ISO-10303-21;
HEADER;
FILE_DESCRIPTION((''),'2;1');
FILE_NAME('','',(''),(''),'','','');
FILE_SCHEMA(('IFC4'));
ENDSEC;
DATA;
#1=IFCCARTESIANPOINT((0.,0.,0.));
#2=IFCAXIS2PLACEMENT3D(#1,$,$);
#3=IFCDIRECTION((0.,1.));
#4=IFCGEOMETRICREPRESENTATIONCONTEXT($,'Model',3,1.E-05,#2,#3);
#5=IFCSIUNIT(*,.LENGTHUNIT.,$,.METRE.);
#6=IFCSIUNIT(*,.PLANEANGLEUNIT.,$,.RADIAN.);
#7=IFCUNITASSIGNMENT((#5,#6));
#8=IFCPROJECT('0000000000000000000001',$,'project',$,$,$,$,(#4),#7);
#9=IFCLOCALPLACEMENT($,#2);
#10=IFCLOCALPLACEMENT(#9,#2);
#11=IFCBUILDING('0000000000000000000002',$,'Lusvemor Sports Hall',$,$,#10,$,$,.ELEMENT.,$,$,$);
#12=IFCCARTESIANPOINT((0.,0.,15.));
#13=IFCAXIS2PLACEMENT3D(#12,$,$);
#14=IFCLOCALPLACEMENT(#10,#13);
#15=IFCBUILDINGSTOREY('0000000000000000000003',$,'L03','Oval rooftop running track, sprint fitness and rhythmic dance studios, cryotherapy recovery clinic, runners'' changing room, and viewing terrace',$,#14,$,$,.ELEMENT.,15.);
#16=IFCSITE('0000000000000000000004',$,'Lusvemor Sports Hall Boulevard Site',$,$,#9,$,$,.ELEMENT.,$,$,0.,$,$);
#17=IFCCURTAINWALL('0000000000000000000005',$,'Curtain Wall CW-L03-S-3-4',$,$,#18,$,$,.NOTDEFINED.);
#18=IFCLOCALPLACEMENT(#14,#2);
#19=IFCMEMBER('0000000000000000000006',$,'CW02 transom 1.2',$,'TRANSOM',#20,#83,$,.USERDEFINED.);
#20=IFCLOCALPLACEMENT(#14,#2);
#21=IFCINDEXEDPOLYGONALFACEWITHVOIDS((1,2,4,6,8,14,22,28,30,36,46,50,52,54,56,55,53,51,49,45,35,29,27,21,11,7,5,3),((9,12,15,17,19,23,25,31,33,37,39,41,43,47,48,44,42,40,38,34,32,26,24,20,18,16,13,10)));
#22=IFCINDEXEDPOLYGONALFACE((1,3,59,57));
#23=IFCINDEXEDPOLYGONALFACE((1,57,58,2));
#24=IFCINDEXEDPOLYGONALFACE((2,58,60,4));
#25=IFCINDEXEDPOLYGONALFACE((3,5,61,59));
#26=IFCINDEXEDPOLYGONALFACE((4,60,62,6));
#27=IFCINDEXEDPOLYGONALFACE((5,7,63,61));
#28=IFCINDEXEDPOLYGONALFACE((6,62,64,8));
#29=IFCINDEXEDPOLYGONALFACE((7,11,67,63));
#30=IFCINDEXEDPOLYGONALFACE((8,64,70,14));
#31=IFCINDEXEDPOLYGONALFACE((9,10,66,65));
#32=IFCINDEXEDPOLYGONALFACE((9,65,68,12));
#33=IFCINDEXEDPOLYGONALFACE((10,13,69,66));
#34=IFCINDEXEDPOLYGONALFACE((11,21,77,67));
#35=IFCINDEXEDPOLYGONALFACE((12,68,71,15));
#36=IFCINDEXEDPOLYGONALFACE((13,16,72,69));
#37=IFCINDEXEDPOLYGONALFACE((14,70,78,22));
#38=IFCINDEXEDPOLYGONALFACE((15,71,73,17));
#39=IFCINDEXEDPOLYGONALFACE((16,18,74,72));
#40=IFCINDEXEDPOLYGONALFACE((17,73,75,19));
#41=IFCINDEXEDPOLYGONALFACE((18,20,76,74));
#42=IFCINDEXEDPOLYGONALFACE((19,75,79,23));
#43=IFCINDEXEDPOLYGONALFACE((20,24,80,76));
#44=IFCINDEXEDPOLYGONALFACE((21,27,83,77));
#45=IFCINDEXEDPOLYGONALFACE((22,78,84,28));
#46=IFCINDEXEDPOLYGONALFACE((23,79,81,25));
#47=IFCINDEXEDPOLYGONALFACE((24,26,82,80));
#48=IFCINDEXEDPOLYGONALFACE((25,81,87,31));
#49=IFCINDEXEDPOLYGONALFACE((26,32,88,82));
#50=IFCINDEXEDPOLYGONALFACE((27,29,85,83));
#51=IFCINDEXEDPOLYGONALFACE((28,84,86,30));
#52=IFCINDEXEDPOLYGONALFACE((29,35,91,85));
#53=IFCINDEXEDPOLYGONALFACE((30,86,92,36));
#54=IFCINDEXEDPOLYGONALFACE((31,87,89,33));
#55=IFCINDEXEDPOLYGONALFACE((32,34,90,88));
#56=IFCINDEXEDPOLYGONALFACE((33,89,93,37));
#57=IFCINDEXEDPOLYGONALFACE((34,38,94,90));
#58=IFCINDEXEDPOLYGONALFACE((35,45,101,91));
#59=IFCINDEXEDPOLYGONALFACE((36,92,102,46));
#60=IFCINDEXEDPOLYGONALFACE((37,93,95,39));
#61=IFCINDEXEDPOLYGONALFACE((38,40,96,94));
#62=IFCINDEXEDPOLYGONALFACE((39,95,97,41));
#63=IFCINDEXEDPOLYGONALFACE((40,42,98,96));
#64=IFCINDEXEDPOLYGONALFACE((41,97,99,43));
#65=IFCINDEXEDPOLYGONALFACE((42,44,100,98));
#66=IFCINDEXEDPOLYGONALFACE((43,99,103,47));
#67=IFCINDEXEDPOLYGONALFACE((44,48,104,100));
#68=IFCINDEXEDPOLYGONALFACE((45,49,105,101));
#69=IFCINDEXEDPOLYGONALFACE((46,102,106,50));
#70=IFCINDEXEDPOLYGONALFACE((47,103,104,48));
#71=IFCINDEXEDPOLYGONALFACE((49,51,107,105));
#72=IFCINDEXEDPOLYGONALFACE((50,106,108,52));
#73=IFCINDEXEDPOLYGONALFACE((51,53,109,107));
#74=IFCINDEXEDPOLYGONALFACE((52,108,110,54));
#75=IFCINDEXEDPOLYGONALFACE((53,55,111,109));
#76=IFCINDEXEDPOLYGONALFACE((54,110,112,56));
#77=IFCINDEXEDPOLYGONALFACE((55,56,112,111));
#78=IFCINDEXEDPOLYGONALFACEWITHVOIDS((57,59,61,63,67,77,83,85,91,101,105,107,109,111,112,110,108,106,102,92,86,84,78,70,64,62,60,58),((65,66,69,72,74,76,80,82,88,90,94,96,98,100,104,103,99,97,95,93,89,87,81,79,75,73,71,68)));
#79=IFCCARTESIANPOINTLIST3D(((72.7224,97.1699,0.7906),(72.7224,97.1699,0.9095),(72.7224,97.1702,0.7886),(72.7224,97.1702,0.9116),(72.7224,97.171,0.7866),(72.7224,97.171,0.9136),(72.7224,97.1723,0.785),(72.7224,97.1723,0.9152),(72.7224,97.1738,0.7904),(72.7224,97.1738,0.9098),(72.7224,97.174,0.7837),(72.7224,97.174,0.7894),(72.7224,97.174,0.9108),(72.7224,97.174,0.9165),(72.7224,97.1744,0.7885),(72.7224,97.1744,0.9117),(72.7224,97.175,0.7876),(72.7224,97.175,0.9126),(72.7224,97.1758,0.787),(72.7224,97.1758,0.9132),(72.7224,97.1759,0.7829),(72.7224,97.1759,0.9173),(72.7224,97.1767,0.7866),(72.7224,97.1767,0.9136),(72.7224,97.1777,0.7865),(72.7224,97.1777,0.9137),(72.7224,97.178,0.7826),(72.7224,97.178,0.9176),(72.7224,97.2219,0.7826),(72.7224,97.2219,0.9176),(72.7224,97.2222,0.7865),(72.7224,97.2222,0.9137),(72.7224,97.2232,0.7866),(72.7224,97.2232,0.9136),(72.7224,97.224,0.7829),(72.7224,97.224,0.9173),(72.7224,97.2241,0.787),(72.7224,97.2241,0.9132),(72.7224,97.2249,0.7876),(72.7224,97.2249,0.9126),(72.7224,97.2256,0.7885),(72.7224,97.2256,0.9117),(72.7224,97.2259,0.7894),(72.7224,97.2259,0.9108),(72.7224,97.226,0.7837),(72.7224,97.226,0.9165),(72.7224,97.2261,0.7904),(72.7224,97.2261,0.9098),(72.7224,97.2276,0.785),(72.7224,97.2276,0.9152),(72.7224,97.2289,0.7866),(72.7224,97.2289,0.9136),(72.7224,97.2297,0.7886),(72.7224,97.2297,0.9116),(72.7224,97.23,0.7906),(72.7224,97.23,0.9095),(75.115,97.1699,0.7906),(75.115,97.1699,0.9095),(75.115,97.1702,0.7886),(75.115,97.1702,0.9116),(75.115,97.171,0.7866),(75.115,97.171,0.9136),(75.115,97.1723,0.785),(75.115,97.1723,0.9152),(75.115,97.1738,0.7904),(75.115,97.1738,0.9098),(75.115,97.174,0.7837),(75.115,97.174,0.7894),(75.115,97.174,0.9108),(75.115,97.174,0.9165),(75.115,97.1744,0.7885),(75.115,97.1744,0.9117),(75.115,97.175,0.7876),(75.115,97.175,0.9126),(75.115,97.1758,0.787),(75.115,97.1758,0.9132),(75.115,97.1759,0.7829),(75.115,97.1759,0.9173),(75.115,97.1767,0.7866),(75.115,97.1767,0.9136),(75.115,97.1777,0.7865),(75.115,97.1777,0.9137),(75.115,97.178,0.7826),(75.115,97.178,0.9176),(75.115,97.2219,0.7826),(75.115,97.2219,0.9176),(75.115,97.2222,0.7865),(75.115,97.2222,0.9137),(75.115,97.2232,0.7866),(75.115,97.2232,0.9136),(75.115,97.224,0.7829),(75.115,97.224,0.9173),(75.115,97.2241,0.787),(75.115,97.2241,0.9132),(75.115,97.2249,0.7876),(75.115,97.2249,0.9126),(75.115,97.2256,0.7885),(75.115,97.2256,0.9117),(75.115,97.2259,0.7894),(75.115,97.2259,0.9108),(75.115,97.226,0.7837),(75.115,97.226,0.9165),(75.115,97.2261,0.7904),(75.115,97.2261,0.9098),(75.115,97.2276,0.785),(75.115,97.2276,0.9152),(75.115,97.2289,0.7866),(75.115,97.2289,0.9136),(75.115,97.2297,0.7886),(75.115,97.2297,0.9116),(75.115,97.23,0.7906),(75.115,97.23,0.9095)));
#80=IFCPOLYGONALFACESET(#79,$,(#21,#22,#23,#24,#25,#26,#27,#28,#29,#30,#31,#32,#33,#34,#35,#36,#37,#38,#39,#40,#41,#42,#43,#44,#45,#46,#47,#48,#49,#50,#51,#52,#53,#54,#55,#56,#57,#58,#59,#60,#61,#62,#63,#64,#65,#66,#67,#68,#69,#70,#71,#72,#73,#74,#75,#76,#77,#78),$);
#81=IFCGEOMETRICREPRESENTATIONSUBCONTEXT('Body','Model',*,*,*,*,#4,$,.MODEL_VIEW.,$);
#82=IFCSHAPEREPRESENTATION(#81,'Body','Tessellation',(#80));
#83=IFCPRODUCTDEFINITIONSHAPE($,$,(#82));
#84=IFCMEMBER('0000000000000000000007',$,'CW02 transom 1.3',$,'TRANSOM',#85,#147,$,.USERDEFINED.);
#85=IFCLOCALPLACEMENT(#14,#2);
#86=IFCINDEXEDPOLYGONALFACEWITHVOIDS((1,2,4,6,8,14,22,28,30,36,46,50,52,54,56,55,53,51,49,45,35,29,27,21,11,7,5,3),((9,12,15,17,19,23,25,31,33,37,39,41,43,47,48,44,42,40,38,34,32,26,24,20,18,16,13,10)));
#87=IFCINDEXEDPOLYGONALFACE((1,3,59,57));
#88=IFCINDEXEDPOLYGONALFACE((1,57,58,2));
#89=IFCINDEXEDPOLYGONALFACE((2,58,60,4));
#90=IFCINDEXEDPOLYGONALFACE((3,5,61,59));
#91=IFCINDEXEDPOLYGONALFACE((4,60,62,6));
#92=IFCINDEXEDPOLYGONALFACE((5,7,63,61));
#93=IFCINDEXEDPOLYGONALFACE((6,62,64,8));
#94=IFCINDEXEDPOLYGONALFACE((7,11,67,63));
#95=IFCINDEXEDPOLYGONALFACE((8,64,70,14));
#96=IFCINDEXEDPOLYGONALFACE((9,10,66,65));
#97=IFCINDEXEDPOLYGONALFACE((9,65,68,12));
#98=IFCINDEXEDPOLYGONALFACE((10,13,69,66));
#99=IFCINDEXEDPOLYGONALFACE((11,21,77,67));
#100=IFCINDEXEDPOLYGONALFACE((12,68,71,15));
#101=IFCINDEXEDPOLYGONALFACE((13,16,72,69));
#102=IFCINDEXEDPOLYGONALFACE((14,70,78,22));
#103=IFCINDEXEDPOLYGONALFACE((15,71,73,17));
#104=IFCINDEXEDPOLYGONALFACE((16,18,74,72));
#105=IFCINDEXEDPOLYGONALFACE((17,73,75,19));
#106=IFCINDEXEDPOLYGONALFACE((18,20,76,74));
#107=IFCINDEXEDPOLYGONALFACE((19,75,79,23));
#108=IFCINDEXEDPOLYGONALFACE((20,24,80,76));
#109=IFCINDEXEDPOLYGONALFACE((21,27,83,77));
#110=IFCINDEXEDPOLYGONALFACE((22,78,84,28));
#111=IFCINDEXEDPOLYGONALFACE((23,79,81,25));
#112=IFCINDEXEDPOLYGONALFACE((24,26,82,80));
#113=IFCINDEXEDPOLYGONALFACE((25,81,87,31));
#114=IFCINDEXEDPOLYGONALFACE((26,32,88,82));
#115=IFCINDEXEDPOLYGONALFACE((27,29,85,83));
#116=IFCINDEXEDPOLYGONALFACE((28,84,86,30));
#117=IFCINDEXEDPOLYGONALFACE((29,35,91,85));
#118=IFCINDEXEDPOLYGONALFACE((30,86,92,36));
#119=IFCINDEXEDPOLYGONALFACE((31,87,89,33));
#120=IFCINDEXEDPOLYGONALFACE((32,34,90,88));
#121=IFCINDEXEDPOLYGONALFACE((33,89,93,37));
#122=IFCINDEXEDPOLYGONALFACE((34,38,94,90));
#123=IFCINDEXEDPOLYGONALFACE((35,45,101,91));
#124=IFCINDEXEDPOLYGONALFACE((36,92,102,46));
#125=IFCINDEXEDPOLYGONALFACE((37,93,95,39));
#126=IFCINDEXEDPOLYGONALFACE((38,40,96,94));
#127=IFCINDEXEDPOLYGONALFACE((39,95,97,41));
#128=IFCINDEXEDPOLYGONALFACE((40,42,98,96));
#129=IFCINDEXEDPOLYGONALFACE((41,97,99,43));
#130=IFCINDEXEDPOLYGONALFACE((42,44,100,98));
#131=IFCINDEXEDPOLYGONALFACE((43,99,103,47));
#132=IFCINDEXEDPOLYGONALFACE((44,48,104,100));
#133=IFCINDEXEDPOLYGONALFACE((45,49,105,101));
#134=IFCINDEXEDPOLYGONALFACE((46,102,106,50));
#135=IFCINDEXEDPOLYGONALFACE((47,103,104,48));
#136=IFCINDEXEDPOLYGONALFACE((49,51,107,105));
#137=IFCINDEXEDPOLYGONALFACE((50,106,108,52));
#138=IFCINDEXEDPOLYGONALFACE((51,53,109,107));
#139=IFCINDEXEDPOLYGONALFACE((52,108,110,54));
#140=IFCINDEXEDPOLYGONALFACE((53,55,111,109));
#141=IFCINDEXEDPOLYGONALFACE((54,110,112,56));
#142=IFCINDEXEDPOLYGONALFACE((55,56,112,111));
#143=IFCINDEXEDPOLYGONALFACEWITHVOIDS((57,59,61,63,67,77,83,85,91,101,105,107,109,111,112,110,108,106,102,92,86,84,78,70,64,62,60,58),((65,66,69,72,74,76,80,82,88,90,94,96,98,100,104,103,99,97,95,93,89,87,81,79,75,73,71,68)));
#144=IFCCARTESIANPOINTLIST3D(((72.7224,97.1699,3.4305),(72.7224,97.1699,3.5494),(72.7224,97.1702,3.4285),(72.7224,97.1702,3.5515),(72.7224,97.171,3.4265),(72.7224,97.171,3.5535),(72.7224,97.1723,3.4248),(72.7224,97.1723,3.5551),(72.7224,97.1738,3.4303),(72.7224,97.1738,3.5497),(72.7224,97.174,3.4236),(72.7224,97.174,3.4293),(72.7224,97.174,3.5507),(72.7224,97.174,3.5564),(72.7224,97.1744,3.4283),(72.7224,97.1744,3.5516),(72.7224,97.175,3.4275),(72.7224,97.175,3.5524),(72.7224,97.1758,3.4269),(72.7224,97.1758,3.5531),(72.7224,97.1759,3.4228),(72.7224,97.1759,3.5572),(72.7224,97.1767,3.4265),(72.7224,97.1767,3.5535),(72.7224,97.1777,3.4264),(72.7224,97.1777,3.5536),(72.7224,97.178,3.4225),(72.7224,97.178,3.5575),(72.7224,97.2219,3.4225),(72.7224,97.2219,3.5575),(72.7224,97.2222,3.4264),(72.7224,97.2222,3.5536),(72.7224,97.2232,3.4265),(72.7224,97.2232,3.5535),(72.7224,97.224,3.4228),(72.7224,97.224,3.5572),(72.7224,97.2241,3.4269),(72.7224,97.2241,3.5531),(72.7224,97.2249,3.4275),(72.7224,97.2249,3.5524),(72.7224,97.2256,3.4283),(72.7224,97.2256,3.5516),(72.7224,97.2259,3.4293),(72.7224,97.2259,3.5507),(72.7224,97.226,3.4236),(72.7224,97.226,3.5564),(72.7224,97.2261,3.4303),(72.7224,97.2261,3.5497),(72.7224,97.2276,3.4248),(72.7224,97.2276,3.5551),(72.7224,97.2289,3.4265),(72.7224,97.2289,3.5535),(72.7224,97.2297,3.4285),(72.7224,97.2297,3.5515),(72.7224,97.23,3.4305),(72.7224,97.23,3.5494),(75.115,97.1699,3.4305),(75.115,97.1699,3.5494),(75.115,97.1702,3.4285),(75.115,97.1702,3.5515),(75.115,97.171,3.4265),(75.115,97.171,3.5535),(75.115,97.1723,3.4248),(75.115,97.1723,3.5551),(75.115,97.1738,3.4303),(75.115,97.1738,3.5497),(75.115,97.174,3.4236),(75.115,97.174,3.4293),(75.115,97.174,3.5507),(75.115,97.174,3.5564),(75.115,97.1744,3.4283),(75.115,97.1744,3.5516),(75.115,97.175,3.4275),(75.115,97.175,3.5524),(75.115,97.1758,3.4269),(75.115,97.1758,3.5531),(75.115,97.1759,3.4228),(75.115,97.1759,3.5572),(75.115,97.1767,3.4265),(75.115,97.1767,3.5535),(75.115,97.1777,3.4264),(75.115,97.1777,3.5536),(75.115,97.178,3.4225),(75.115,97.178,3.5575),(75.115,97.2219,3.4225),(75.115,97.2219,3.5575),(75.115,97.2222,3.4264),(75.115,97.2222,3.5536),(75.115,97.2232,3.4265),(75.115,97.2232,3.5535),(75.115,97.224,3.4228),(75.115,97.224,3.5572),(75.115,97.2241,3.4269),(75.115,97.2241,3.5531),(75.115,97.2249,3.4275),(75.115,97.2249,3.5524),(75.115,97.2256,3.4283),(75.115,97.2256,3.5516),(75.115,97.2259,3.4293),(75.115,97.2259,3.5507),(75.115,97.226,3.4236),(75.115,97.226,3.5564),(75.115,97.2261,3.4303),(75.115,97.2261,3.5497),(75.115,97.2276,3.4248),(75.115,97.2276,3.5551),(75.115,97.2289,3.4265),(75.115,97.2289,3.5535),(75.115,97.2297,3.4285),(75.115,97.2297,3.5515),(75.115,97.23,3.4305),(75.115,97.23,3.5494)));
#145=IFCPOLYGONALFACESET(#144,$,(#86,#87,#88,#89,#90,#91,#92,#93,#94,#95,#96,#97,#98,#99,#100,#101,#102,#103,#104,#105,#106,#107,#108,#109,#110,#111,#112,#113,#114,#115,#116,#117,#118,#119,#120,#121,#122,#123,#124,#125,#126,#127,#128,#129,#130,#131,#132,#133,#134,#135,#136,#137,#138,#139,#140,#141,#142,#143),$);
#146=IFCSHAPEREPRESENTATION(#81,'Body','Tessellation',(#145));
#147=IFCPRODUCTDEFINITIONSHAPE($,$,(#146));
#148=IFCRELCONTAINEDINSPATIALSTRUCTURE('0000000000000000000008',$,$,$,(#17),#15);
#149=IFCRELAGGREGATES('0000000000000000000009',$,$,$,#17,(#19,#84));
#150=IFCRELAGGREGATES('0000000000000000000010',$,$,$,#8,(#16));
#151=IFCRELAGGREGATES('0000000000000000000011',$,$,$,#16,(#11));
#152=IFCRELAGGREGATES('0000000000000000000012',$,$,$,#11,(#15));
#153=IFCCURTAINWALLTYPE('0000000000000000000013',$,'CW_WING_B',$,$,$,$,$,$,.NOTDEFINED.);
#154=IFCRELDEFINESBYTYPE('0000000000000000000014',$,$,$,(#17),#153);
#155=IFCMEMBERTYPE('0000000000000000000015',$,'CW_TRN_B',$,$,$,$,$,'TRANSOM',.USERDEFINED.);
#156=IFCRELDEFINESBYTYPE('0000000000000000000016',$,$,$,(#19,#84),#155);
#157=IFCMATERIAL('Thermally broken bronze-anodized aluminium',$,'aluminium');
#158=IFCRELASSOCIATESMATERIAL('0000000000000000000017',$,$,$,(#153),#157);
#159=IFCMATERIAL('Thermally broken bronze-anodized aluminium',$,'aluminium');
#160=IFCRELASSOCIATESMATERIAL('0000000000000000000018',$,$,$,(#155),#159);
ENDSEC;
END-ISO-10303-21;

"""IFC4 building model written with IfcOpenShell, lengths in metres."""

from ifc_helpers import new_model, si_unit, direction, frame, origin, origin_2d, place, context, subcontext, project, spatial, hollow_rectangle, extrude, material, material_profile, profile_set, type_object, element, aggregate, save


model = new_model("IFC4")

# Units and contexts
model_context = context("Model", 3, precision=1e-05, world=origin(), true_north=direction((0.0, 1.0)))
body_context = subcontext(model_context, "Body", "Model", "MODEL_VIEW")
ifc_project = project(units=[si_unit("LENGTHUNIT", "METRE"), si_unit("PLANEANGLEUNIT", "RADIAN")], contexts=[model_context])

# Site, building, storey
site_placement = place(None, origin())
site = spatial("IfcSite", under=ifc_project, at=site_placement, Name="Lusvemor Sports Hall Boulevard Site", CompositionType="ELEMENT", RefElevation=0.0)
building_placement = place(site_placement, origin())
building = spatial("IfcBuilding", under=site, at=building_placement, Name="Lusvemor Sports Hall", CompositionType="ELEMENT")
storey_placement = place(building_placement, frame((0.0, 0.0, 15.0)))
storey = spatial("IfcBuildingStorey", under=building, at=storey_placement, Name="L03", Description="Oval rooftop running track, sprint fitness and rhythmic dance studios, cryotherapy recovery clinic, runners' changing room, and viewing terrace", CompositionType="ELEMENT", Elevation=15.0)

# Curtain wall
ifc_material_1 = material(Name="Thermally broken bronze-anodized aluminium", Category="aluminium")
curtain_wall_type = type_object("IfcCurtainWallType", Name="CW_WING_B", PredefinedType="NOTDEFINED", material=ifc_material_1)
curtain_wall_1_placement = place(storey_placement, origin())
curtain_wall_1 = element("IfcCurtainWall", 1, at=curtain_wall_1_placement, inside=storey, type_object=curtain_wall_type, Name="Curtain Wall CW-L03-S-3-4", PredefinedType="NOTDEFINED")

# Members
ifc_material_2 = material(Name="Thermally broken bronze-anodized aluminium", Category="aluminium")
ifc_material_profile_1 = material_profile(ifc_material_2, hollow_rectangle(XDim=0.0601, YDim=0.135, WallThickness=0.0039, InnerFilletRadius=0.0039, OuterFilletRadius=0.0081, at=origin_2d()), Name="CWTRN135x60x4")
ifc_profile_set_1 = profile_set([ifc_material_profile_1], Name="Thermally broken bronze-anodized aluminium")
member_type_1 = type_object("IfcMemberType", Name="CW_TRN_B", ElementType="TRANSOM", PredefinedType="USERDEFINED", material=ifc_profile_set_1)
member_1_placement = place(storey_placement, frame((75.115, 97.2, 0.8501), z_axis=(-1.0, 0.0, 0.0), x_axis=(0.0, -1.0, 0.0)))
member_1 = element("IfcMember", 2, at=member_1_placement, type_object=member_type_1, Name="CW02 transom 1.2", ObjectType="TRANSOM", PredefinedType="USERDEFINED", context=body_context, shape_type="SweptSolid", body=[
    extrude(hollow_rectangle(XDim=0.0601, YDim=0.135, WallThickness=0.0039, InnerFilletRadius=0.0039, OuterFilletRadius=0.0081, at=origin_2d()), origin(), (0.0, 0.0, 1.0), 2.3926),
])
member_2_placement = place(storey_placement, frame((75.115, 97.2, 3.49), z_axis=(-1.0, 0.0, 0.0), x_axis=(0.0, -1.0, 0.0)))
member_2 = element("IfcMember", 3, at=member_2_placement, type_object=member_type_1, Name="CW02 transom 1.3", ObjectType="TRANSOM", PredefinedType="USERDEFINED", context=body_context, shape_type="SweptSolid", body=[
    extrude(hollow_rectangle(XDim=0.0601, YDim=0.135, WallThickness=0.0039, InnerFilletRadius=0.0039, OuterFilletRadius=0.0081, at=origin_2d()), origin(), (0.0, 0.0, 1.0), 2.3926),
])

aggregate(curtain_wall_1, [member_1, member_2])

save(model, "model.ifc")
